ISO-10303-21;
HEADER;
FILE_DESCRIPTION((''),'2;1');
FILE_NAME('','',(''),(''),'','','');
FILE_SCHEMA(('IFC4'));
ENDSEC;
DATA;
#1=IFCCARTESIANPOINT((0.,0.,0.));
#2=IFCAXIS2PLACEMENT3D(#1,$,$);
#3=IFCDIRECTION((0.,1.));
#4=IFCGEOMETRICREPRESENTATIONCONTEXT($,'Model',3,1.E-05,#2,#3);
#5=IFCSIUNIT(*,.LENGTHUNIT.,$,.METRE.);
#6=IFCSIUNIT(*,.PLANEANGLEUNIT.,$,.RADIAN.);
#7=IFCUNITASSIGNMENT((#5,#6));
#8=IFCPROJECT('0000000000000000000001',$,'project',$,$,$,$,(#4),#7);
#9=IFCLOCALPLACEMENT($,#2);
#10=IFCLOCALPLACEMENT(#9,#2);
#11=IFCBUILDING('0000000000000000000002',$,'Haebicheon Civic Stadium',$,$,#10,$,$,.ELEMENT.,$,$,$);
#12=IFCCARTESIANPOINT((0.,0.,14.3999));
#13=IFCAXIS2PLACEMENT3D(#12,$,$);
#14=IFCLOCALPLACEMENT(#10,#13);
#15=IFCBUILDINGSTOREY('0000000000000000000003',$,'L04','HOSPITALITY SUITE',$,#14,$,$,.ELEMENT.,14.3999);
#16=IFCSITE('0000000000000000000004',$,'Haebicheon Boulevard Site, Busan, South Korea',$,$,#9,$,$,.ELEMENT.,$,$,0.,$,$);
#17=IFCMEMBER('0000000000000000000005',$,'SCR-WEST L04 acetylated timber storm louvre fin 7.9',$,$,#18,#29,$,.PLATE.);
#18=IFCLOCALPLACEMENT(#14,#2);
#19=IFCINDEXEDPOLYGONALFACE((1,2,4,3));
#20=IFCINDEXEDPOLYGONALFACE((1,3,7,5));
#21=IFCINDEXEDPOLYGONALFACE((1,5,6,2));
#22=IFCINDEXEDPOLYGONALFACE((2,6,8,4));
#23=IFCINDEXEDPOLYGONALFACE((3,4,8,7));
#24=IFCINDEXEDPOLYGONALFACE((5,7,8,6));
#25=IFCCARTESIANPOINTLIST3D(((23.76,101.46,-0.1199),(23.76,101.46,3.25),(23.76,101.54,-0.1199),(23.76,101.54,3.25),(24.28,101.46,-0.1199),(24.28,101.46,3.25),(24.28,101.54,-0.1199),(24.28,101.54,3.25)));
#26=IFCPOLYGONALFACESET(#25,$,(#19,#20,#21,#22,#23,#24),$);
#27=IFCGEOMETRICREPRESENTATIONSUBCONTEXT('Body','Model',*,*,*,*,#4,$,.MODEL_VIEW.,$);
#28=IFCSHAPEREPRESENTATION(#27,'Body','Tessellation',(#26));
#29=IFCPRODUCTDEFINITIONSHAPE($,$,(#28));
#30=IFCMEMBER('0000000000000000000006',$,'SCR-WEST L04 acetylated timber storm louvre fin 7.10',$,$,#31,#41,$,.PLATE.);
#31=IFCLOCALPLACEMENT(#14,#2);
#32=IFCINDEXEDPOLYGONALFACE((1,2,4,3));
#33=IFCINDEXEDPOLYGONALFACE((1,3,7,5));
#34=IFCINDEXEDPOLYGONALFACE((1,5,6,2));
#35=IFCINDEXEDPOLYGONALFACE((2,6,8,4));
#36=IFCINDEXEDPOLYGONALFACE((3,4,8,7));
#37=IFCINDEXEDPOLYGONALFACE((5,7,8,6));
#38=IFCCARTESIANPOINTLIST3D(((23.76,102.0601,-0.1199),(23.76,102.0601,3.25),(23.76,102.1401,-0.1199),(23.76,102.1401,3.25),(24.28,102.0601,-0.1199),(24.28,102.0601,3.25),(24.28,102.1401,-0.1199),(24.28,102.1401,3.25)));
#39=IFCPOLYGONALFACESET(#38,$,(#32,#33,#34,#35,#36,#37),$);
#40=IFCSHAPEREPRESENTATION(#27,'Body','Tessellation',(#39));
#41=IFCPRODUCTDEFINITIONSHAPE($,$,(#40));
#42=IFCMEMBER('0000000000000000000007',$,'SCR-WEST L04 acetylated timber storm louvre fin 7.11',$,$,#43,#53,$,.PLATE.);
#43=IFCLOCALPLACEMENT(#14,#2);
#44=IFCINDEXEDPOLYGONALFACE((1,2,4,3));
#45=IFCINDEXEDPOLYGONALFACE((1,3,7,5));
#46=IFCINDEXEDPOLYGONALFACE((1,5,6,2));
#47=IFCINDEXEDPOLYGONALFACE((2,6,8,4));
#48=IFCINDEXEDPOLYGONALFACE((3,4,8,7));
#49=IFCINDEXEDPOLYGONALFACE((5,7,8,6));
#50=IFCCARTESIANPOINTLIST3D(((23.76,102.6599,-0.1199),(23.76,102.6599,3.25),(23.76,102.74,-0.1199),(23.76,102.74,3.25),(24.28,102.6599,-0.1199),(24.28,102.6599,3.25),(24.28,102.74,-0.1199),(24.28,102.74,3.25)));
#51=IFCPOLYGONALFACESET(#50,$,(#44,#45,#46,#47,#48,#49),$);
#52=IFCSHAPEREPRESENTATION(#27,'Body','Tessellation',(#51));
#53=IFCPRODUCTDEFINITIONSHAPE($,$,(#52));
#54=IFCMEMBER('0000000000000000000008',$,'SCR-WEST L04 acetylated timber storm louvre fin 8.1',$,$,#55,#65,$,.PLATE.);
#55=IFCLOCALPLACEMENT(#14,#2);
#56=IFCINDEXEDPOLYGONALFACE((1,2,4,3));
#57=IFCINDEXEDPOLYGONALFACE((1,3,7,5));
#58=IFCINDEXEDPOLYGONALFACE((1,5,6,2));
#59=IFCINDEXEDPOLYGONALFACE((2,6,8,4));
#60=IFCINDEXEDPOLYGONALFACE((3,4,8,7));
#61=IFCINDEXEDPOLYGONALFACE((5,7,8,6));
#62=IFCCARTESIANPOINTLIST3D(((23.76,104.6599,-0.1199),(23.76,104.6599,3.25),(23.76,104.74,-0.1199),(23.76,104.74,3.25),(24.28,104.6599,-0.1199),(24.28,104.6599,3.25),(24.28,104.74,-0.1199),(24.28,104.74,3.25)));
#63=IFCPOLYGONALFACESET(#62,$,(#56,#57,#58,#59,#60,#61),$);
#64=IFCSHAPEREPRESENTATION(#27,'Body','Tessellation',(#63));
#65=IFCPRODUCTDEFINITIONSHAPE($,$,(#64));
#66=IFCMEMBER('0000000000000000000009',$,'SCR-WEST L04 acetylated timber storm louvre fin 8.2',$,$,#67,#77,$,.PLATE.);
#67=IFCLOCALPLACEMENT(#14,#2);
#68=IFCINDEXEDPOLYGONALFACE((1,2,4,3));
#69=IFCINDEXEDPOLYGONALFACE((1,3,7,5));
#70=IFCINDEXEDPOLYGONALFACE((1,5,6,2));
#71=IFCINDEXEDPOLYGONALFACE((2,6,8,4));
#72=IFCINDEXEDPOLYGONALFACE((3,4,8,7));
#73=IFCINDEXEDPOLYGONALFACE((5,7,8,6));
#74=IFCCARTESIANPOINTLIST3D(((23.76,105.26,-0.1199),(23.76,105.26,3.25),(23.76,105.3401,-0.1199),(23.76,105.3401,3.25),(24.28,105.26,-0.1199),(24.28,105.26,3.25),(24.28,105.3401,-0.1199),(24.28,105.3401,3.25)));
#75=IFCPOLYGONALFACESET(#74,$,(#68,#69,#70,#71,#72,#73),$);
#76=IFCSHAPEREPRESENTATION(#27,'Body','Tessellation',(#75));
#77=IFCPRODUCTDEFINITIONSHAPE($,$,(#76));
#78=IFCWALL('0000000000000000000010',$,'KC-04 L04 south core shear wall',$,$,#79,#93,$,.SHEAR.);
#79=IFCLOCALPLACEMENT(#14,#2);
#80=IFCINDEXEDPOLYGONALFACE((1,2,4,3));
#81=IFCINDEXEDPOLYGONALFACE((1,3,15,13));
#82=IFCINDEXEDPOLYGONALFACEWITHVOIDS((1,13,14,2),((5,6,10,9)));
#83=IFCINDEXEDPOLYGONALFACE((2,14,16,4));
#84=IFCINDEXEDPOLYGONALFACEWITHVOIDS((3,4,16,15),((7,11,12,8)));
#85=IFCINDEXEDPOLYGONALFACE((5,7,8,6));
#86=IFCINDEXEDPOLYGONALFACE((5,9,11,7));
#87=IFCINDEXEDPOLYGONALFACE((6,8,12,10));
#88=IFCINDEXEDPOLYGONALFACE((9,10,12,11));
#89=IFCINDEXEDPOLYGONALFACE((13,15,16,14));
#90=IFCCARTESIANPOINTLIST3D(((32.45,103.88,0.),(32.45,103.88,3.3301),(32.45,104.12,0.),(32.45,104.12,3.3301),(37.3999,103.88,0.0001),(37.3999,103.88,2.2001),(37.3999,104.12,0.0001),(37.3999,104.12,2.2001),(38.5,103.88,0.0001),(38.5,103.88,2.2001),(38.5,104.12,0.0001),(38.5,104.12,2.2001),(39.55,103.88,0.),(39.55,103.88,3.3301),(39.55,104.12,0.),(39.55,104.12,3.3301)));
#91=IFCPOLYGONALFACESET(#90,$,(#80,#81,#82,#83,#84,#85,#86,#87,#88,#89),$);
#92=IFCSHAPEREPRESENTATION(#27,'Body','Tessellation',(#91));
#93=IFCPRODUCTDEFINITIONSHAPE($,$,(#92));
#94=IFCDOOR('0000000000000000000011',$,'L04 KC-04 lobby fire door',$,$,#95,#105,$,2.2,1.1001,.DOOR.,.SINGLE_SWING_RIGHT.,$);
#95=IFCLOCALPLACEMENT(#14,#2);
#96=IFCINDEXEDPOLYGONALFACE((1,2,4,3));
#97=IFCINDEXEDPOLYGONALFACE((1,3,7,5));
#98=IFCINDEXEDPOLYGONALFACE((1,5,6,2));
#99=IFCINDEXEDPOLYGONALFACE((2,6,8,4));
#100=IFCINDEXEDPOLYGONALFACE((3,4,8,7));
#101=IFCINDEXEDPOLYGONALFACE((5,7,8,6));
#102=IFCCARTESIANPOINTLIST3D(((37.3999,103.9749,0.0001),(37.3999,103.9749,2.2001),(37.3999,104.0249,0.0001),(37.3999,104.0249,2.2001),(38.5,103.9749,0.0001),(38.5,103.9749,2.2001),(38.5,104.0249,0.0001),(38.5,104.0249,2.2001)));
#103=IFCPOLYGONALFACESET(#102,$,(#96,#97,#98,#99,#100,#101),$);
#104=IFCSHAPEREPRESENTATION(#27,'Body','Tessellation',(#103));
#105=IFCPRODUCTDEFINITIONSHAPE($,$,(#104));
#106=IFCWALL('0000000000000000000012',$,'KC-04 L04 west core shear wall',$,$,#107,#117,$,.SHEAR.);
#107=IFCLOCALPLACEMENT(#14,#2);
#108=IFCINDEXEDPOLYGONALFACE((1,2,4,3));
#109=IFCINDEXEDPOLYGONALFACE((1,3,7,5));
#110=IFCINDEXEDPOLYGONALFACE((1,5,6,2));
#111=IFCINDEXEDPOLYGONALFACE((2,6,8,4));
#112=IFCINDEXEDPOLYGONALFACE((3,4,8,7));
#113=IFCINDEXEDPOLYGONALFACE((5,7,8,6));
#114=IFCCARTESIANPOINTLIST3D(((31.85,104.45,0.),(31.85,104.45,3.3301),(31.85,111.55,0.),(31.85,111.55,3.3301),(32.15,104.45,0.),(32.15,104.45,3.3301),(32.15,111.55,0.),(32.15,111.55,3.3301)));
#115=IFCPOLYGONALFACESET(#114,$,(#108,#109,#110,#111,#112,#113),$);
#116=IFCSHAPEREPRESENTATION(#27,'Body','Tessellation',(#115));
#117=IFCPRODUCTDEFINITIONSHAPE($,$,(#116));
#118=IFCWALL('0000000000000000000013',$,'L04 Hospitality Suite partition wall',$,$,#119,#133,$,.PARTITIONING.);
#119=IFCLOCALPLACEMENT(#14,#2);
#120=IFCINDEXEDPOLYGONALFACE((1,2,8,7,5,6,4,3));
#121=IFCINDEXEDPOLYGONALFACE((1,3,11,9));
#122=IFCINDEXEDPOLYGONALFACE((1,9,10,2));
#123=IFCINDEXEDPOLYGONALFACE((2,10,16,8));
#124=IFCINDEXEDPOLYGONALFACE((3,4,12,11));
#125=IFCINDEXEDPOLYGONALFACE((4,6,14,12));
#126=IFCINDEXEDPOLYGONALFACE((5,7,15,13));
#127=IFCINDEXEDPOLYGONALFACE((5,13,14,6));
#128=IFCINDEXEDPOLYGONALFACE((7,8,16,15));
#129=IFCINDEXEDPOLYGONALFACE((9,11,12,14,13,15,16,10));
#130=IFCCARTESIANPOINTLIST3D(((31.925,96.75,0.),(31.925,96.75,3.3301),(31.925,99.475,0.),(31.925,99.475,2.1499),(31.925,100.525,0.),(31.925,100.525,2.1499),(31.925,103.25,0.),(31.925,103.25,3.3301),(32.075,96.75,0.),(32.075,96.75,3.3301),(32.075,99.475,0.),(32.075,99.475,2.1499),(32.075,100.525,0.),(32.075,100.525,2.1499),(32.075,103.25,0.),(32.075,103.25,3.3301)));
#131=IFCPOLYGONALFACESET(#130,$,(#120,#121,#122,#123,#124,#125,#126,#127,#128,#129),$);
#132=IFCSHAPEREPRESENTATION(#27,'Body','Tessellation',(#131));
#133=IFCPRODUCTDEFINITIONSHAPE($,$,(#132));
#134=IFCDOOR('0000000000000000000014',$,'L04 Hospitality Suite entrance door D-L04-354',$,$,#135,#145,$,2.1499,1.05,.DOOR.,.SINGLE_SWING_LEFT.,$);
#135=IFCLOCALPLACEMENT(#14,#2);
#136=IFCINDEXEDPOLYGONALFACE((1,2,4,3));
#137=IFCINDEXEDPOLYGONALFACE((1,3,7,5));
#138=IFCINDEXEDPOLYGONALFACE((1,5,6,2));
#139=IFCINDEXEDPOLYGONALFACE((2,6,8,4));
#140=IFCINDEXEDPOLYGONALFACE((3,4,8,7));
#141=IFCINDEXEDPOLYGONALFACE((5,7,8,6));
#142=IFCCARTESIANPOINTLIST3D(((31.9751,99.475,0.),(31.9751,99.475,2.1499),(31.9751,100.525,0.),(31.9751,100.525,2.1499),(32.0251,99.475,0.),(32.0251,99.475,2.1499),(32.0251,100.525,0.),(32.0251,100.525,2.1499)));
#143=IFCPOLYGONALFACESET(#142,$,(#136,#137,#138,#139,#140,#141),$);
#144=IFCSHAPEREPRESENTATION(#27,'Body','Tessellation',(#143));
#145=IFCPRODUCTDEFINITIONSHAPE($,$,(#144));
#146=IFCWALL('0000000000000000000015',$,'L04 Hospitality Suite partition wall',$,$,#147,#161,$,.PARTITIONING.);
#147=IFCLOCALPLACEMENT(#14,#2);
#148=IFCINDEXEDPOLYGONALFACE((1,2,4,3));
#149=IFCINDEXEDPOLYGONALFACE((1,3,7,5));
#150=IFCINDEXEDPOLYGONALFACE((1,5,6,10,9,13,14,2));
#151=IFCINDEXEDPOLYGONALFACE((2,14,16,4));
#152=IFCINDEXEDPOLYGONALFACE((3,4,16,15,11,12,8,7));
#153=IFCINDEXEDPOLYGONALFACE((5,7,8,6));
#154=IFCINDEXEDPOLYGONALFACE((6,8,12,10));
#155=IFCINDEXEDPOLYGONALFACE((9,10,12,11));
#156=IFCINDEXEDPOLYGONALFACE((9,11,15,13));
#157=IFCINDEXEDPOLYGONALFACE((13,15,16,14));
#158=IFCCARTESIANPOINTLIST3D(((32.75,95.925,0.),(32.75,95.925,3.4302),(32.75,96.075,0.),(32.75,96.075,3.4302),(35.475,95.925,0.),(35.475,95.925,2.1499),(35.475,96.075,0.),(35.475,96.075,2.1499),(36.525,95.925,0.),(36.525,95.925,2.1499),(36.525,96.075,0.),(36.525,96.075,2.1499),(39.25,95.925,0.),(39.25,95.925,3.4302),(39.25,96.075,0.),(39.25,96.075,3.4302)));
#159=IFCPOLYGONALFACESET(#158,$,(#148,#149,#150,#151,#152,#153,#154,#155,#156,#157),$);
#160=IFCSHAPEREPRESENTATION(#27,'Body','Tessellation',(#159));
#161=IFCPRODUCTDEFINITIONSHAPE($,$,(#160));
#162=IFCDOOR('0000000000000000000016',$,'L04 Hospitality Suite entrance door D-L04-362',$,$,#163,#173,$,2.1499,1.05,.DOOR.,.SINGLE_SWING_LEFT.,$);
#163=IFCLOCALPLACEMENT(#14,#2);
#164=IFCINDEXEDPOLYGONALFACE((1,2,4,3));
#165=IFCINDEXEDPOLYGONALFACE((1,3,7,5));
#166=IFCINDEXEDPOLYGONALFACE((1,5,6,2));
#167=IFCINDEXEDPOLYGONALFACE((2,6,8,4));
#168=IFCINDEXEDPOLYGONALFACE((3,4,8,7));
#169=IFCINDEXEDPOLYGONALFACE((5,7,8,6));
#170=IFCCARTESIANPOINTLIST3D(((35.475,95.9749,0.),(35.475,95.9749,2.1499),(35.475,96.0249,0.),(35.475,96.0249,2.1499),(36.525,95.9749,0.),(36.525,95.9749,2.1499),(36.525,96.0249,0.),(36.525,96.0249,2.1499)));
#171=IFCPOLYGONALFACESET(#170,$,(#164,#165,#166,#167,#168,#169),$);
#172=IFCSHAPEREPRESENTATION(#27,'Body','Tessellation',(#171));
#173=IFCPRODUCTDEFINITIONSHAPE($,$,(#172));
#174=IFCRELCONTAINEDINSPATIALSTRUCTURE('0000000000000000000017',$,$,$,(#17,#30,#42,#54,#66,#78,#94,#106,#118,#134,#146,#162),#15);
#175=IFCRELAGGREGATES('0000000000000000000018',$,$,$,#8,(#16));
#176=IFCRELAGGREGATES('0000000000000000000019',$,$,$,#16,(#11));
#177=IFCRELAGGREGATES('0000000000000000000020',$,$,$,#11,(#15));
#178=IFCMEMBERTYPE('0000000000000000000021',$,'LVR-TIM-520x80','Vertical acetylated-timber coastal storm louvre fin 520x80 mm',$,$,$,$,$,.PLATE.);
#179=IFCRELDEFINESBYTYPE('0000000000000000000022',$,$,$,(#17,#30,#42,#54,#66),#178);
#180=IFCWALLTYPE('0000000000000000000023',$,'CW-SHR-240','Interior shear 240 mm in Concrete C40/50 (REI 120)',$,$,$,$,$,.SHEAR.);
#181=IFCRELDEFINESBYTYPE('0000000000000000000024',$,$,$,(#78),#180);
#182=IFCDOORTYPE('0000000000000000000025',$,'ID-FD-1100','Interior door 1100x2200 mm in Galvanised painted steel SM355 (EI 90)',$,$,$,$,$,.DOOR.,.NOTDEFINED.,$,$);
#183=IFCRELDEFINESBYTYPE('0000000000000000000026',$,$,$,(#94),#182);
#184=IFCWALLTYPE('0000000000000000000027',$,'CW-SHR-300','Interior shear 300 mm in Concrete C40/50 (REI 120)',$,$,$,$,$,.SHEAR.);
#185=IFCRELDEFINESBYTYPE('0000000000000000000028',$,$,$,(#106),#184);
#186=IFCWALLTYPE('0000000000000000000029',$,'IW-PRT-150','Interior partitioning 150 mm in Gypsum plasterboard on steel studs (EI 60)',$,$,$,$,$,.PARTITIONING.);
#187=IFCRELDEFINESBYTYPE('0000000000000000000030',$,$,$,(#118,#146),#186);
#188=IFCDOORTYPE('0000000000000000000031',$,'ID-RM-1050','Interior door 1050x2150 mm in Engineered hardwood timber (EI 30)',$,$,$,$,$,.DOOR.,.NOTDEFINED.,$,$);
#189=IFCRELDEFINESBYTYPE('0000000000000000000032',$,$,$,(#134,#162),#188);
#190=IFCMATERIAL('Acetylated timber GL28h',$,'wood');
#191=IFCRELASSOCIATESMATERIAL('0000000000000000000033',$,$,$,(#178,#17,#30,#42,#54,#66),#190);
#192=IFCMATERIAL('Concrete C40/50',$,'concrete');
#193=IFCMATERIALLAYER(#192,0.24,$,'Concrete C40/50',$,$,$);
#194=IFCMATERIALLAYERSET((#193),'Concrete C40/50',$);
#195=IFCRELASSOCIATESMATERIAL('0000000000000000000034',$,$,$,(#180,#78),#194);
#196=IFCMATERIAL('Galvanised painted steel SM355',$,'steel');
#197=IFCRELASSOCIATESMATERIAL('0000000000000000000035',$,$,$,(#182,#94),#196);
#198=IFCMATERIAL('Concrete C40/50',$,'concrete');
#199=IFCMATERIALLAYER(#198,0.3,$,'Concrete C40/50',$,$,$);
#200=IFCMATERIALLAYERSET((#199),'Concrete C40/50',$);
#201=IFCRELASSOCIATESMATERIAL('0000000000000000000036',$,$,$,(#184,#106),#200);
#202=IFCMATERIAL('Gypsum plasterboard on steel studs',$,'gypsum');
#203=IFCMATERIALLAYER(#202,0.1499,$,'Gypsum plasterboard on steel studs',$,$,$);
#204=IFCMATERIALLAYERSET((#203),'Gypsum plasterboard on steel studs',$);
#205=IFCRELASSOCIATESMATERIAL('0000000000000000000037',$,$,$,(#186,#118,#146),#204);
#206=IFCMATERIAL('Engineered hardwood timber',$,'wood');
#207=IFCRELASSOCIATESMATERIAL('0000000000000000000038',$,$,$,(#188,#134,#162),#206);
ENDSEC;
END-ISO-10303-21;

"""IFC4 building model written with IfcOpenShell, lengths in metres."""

from ifc_helpers import new_model, si_unit, direction, frame, frame_2d, origin, origin_2d, place, context, subcontext, project, spatial, rectangle, extrude, material, layer, layer_set, material_profile, profile_set, type_object, element, fill, save


model = new_model("IFC4")

# Units and contexts
model_context = context("Model", 3, precision=1e-05, world=origin(), true_north=direction((0.0, 1.0)))
body_context = subcontext(model_context, "Body", "Model", "MODEL_VIEW")
ifc_project = project(units=[si_unit("LENGTHUNIT", "METRE"), si_unit("PLANEANGLEUNIT", "RADIAN")], contexts=[model_context])

# Site, building, storey
site_placement = place(None, origin())
site = spatial("IfcSite", under=ifc_project, at=site_placement, Name="Haebicheon Boulevard Site, Busan, South Korea", CompositionType="ELEMENT", RefElevation=0.0)
building_placement = place(site_placement, origin())
building = spatial("IfcBuilding", under=site, at=building_placement, Name="Haebicheon Civic Stadium", CompositionType="ELEMENT")
storey_placement = place(building_placement, frame((0.0, 0.0, 14.3999)))
storey = spatial("IfcBuildingStorey", under=building, at=storey_placement, Name="L04", Description="HOSPITALITY SUITE", CompositionType="ELEMENT", Elevation=14.3999)

# Members
ifc_material_1 = material(Name="Acetylated timber GL28h", Category="wood")
ifc_material_profile_1 = material_profile(ifc_material_1, rectangle(XDim=0.0801, YDim=0.52, at=origin_2d()), Name="TMB-LOUV-80x520")
ifc_profile_set_1 = profile_set([ifc_material_profile_1], Name="Acetylated timber GL28h")
member_type = type_object("IfcMemberType", Name="LVR-TIM-520x80", Description="Vertical acetylated-timber coastal storm louvre fin 520x80 mm", PredefinedType="PLATE", material=ifc_profile_set_1)
for number, where, z_axis, x_axis, name in (
    (1, (24.02, 101.5, -0.1199), (0.0, 0.0, 1.0), (0.0, 1.0, 0.0), "SCR-WEST L04 acetylated timber storm louvre fin 7.9"),
    (2, (24.02, 102.1001, -0.1199), (0.0, 0.0, 1.0), (0.0, 1.0, 0.0), "SCR-WEST L04 acetylated timber storm louvre fin 7.10"),
    (3, (24.02, 102.7, -0.1199), (0.0, 0.0, 1.0), (0.0, 1.0, 0.0), "SCR-WEST L04 acetylated timber storm louvre fin 7.11"),
    (4, (24.02, 104.7, -0.1199), (0.0, 0.0, 1.0), (0.0, 1.0, 0.0), "SCR-WEST L04 acetylated timber storm louvre fin 8.1"),
    (5, (24.02, 105.3, -0.1199), (0.0, 0.0, 1.0), (0.0, 1.0, 0.0), "SCR-WEST L04 acetylated timber storm louvre fin 8.2"),
):
    element("IfcMember", number, at=place(storey_placement, frame(where, z_axis=z_axis, x_axis=x_axis)), inside=storey, type_object=member_type, material=ifc_profile_set_1, Name=name, PredefinedType="PLATE", context=body_context, shape_type="SweptSolid", body=[
        extrude(rectangle(XDim=0.0801, YDim=0.52, at=origin_2d()), origin(), (0.0, 0.0, 1.0), 3.3699),
    ])

# Wall, opening, door
ifc_material_2 = material(Name="Concrete C40/50", Category="concrete")
ifc_layer_1 = layer(ifc_material_2, 0.24, Name="Concrete C40/50")
ifc_layer_set_1 = layer_set([ifc_layer_1], Name="Concrete C40/50")
wall_type_1 = type_object("IfcWallType", Name="CW-SHR-240", Description="Interior shear 240 mm in Concrete C40/50 (REI 120)", PredefinedType="SHEAR", material=ifc_layer_set_1)
wall_1_placement = place(storey_placement, frame((32.45, 104.0, 0.0), z_axis=(0.0, 0.0, 1.0), x_axis=(1.0, 0.0, 0.0)))
wall_1 = element("IfcWall", 6, at=wall_1_placement, inside=storey, type_object=wall_type_1, material=ifc_layer_set_1, Name="KC-04 L04 south core shear wall", PredefinedType="SHEAR", context=body_context, shape_type="SweptSolid", body=[
    extrude(rectangle(XDim=7.1001, YDim=0.24, at=frame_2d((3.55, 0.0))), origin(), (0.0, 0.0, 1.0), 3.3301),
])
opening_1_placement = place(wall_1_placement, frame((4.95, 0.0, 0.0)))
opening_1 = element("IfcOpeningElement", 7, at=opening_1_placement, cuts=wall_1, PredefinedType="OPENING", context=body_context, shape_type="SweptSolid", body=[
    extrude(rectangle(XDim=1.1001, YDim=2.2, at=frame_2d((0.55, 1.1001))), frame((0.0, 0.1299, 0.0), z_axis=(0.0, -1.0, 0.0), x_axis=(1.0, 0.0, 0.0)), (0.0, 0.0, 1.0), 0.26),
])
ifc_material_3 = material(Name="Galvanised painted steel SM355", Category="steel")
door_type_1 = type_object("IfcDoorType", Name="ID-FD-1100", Description="Interior door 1100x2200 mm in Galvanised painted steel SM355 (EI 90)", OperationType="NOTDEFINED", PredefinedType="DOOR", material=ifc_material_3)
door_1_placement = place(opening_1_placement, origin())
door_1 = element("IfcDoor", 8, at=door_1_placement, inside=storey, type_object=door_type_1, material=ifc_material_3, Name="L04 KC-04 lobby fire door", OperationType="SINGLE_SWING_RIGHT", OverallHeight=2.2, OverallWidth=1.1001, PredefinedType="DOOR", context=body_context, shape_type="SweptSolid", body=[
    extrude(rectangle(XDim=1.1001, YDim=2.2, at=frame_2d((0.55, 1.1001))), frame((0.0, 0.0249, 0.0), z_axis=(0.0, -1.0, 0.0), x_axis=(1.0, 0.0, 0.0)), (0.0, 0.0, 1.0), 0.05),
])
fill(opening_1, door_1)

# Wall
ifc_material_4 = material(Name="Concrete C40/50", Category="concrete")
ifc_layer_2 = layer(ifc_material_4, 0.3, Name="Concrete C40/50")
ifc_layer_set_2 = layer_set([ifc_layer_2], Name="Concrete C40/50")
wall_type_2 = type_object("IfcWallType", Name="CW-SHR-300", Description="Interior shear 300 mm in Concrete C40/50 (REI 120)", PredefinedType="SHEAR", material=ifc_layer_set_2)
wall_2_placement = place(storey_placement, frame((32.0, 104.45, 0.0), z_axis=(0.0, 0.0, 1.0), x_axis=(0.0, 1.0, 0.0)))
element("IfcWall", 9, at=wall_2_placement, inside=storey, type_object=wall_type_2, material=ifc_layer_set_2, Name="KC-04 L04 west core shear wall", PredefinedType="SHEAR", context=body_context, shape_type="SweptSolid", body=[
    extrude(rectangle(XDim=7.1001, YDim=0.3, at=frame_2d((3.55, 0.0))), origin(), (0.0, 0.0, 1.0), 3.3301),
])

# Walls, openings, doors
ifc_material_5 = material(Name="Gypsum plasterboard on steel studs", Category="gypsum")
ifc_layer_3 = layer(ifc_material_5, 0.1499, Name="Gypsum plasterboard on steel studs")
ifc_layer_set_3 = layer_set([ifc_layer_3], Name="Gypsum plasterboard on steel studs")
wall_type_3 = type_object("IfcWallType", Name="IW-PRT-150", Description="Interior partitioning 150 mm in Gypsum plasterboard on steel studs (EI 60)", PredefinedType="PARTITIONING", material=ifc_layer_set_3)
wall_3_placement = place(storey_placement, frame((32.0, 96.75, 0.0), z_axis=(0.0, 0.0, 1.0), x_axis=(0.0, 1.0, 0.0)))
wall_3 = element("IfcWall", 10, at=wall_3_placement, inside=storey, type_object=wall_type_3, material=ifc_layer_set_3, Name="L04 Hospitality Suite partition wall", PredefinedType="PARTITIONING", context=body_context, shape_type="SweptSolid", body=[
    extrude(rectangle(XDim=6.5, YDim=0.1499, at=frame_2d((3.25, 0.0))), origin(), (0.0, 0.0, 1.0), 3.3301),
])
opening_2_placement = place(wall_3_placement, frame((2.7251, 0.0, 0.0)))
opening_2 = element("IfcOpeningElement", 11, at=opening_2_placement, cuts=wall_3, PredefinedType="OPENING", context=body_context, shape_type="SweptSolid", body=[
    extrude(rectangle(XDim=1.05, YDim=2.1499, at=frame_2d((0.5249, 1.075))), frame((0.0, 0.085, 0.0), z_axis=(0.0, -1.0, 0.0), x_axis=(1.0, 0.0, 0.0)), (0.0, 0.0, 1.0), 0.1699),
])
ifc_material_6 = material(Name="Engineered hardwood timber", Category="wood")
door_type_2 = type_object("IfcDoorType", Name="ID-RM-1050", Description="Interior door 1050x2150 mm in Engineered hardwood timber (EI 30)", OperationType="NOTDEFINED", PredefinedType="DOOR", material=ifc_material_6)
door_2_placement = place(opening_2_placement, origin())
door_2 = element("IfcDoor", 12, at=door_2_placement, inside=storey, type_object=door_type_2, material=ifc_material_6, Name="L04 Hospitality Suite entrance door D-L04-354", OperationType="SINGLE_SWING_LEFT", OverallHeight=2.1499, OverallWidth=1.05, PredefinedType="DOOR", context=body_context, shape_type="SweptSolid", body=[
    extrude(rectangle(XDim=1.05, YDim=2.1499, at=frame_2d((0.5249, 1.075))), frame((0.0, 0.0249, 0.0), z_axis=(0.0, -1.0, 0.0), x_axis=(1.0, 0.0, 0.0)), (0.0, 0.0, 1.0), 0.05),
])
fill(opening_2, door_2)
wall_4_placement = place(storey_placement, frame((32.75, 96.0, 0.0), z_axis=(0.0, 0.0, 1.0), x_axis=(1.0, 0.0, 0.0)))
wall_4 = element("IfcWall", 13, at=wall_4_placement, inside=storey, type_object=wall_type_3, material=ifc_layer_set_3, Name="L04 Hospitality Suite partition wall", PredefinedType="PARTITIONING", context=body_context, shape_type="SweptSolid", body=[
    extrude(rectangle(XDim=6.5, YDim=0.1499, at=frame_2d((3.25, 0.0))), origin(), (0.0, 0.0, 1.0), 3.4302),
])
opening_3_placement = place(wall_4_placement, frame((2.7251, 0.0, 0.0)))
opening_3 = element("IfcOpeningElement", 14, at=opening_3_placement, cuts=wall_4, PredefinedType="OPENING", context=body_context, shape_type="SweptSolid", body=[
    extrude(rectangle(XDim=1.05, YDim=2.1499, at=frame_2d((0.5249, 1.075))), frame((0.0, 0.085, 0.0), z_axis=(0.0, -1.0, 0.0), x_axis=(1.0, 0.0, 0.0)), (0.0, 0.0, 1.0), 0.1699),
])
door_3_placement = place(opening_3_placement, origin())
door_3 = element("IfcDoor", 15, at=door_3_placement, inside=storey, type_object=door_type_2, material=ifc_material_6, Name="L04 Hospitality Suite entrance door D-L04-362", OperationType="SINGLE_SWING_LEFT", OverallHeight=2.1499, OverallWidth=1.05, PredefinedType="DOOR", context=body_context, shape_type="SweptSolid", body=[
    extrude(rectangle(XDim=1.05, YDim=2.1499, at=frame_2d((0.5249, 1.075))), frame((0.0, 0.0249, 0.0), z_axis=(0.0, -1.0, 0.0), x_axis=(1.0, 0.0, 0.0)), (0.0, 0.0, 1.0), 0.05),
])
fill(opening_3, door_3)

save(model, "model.ifc")
